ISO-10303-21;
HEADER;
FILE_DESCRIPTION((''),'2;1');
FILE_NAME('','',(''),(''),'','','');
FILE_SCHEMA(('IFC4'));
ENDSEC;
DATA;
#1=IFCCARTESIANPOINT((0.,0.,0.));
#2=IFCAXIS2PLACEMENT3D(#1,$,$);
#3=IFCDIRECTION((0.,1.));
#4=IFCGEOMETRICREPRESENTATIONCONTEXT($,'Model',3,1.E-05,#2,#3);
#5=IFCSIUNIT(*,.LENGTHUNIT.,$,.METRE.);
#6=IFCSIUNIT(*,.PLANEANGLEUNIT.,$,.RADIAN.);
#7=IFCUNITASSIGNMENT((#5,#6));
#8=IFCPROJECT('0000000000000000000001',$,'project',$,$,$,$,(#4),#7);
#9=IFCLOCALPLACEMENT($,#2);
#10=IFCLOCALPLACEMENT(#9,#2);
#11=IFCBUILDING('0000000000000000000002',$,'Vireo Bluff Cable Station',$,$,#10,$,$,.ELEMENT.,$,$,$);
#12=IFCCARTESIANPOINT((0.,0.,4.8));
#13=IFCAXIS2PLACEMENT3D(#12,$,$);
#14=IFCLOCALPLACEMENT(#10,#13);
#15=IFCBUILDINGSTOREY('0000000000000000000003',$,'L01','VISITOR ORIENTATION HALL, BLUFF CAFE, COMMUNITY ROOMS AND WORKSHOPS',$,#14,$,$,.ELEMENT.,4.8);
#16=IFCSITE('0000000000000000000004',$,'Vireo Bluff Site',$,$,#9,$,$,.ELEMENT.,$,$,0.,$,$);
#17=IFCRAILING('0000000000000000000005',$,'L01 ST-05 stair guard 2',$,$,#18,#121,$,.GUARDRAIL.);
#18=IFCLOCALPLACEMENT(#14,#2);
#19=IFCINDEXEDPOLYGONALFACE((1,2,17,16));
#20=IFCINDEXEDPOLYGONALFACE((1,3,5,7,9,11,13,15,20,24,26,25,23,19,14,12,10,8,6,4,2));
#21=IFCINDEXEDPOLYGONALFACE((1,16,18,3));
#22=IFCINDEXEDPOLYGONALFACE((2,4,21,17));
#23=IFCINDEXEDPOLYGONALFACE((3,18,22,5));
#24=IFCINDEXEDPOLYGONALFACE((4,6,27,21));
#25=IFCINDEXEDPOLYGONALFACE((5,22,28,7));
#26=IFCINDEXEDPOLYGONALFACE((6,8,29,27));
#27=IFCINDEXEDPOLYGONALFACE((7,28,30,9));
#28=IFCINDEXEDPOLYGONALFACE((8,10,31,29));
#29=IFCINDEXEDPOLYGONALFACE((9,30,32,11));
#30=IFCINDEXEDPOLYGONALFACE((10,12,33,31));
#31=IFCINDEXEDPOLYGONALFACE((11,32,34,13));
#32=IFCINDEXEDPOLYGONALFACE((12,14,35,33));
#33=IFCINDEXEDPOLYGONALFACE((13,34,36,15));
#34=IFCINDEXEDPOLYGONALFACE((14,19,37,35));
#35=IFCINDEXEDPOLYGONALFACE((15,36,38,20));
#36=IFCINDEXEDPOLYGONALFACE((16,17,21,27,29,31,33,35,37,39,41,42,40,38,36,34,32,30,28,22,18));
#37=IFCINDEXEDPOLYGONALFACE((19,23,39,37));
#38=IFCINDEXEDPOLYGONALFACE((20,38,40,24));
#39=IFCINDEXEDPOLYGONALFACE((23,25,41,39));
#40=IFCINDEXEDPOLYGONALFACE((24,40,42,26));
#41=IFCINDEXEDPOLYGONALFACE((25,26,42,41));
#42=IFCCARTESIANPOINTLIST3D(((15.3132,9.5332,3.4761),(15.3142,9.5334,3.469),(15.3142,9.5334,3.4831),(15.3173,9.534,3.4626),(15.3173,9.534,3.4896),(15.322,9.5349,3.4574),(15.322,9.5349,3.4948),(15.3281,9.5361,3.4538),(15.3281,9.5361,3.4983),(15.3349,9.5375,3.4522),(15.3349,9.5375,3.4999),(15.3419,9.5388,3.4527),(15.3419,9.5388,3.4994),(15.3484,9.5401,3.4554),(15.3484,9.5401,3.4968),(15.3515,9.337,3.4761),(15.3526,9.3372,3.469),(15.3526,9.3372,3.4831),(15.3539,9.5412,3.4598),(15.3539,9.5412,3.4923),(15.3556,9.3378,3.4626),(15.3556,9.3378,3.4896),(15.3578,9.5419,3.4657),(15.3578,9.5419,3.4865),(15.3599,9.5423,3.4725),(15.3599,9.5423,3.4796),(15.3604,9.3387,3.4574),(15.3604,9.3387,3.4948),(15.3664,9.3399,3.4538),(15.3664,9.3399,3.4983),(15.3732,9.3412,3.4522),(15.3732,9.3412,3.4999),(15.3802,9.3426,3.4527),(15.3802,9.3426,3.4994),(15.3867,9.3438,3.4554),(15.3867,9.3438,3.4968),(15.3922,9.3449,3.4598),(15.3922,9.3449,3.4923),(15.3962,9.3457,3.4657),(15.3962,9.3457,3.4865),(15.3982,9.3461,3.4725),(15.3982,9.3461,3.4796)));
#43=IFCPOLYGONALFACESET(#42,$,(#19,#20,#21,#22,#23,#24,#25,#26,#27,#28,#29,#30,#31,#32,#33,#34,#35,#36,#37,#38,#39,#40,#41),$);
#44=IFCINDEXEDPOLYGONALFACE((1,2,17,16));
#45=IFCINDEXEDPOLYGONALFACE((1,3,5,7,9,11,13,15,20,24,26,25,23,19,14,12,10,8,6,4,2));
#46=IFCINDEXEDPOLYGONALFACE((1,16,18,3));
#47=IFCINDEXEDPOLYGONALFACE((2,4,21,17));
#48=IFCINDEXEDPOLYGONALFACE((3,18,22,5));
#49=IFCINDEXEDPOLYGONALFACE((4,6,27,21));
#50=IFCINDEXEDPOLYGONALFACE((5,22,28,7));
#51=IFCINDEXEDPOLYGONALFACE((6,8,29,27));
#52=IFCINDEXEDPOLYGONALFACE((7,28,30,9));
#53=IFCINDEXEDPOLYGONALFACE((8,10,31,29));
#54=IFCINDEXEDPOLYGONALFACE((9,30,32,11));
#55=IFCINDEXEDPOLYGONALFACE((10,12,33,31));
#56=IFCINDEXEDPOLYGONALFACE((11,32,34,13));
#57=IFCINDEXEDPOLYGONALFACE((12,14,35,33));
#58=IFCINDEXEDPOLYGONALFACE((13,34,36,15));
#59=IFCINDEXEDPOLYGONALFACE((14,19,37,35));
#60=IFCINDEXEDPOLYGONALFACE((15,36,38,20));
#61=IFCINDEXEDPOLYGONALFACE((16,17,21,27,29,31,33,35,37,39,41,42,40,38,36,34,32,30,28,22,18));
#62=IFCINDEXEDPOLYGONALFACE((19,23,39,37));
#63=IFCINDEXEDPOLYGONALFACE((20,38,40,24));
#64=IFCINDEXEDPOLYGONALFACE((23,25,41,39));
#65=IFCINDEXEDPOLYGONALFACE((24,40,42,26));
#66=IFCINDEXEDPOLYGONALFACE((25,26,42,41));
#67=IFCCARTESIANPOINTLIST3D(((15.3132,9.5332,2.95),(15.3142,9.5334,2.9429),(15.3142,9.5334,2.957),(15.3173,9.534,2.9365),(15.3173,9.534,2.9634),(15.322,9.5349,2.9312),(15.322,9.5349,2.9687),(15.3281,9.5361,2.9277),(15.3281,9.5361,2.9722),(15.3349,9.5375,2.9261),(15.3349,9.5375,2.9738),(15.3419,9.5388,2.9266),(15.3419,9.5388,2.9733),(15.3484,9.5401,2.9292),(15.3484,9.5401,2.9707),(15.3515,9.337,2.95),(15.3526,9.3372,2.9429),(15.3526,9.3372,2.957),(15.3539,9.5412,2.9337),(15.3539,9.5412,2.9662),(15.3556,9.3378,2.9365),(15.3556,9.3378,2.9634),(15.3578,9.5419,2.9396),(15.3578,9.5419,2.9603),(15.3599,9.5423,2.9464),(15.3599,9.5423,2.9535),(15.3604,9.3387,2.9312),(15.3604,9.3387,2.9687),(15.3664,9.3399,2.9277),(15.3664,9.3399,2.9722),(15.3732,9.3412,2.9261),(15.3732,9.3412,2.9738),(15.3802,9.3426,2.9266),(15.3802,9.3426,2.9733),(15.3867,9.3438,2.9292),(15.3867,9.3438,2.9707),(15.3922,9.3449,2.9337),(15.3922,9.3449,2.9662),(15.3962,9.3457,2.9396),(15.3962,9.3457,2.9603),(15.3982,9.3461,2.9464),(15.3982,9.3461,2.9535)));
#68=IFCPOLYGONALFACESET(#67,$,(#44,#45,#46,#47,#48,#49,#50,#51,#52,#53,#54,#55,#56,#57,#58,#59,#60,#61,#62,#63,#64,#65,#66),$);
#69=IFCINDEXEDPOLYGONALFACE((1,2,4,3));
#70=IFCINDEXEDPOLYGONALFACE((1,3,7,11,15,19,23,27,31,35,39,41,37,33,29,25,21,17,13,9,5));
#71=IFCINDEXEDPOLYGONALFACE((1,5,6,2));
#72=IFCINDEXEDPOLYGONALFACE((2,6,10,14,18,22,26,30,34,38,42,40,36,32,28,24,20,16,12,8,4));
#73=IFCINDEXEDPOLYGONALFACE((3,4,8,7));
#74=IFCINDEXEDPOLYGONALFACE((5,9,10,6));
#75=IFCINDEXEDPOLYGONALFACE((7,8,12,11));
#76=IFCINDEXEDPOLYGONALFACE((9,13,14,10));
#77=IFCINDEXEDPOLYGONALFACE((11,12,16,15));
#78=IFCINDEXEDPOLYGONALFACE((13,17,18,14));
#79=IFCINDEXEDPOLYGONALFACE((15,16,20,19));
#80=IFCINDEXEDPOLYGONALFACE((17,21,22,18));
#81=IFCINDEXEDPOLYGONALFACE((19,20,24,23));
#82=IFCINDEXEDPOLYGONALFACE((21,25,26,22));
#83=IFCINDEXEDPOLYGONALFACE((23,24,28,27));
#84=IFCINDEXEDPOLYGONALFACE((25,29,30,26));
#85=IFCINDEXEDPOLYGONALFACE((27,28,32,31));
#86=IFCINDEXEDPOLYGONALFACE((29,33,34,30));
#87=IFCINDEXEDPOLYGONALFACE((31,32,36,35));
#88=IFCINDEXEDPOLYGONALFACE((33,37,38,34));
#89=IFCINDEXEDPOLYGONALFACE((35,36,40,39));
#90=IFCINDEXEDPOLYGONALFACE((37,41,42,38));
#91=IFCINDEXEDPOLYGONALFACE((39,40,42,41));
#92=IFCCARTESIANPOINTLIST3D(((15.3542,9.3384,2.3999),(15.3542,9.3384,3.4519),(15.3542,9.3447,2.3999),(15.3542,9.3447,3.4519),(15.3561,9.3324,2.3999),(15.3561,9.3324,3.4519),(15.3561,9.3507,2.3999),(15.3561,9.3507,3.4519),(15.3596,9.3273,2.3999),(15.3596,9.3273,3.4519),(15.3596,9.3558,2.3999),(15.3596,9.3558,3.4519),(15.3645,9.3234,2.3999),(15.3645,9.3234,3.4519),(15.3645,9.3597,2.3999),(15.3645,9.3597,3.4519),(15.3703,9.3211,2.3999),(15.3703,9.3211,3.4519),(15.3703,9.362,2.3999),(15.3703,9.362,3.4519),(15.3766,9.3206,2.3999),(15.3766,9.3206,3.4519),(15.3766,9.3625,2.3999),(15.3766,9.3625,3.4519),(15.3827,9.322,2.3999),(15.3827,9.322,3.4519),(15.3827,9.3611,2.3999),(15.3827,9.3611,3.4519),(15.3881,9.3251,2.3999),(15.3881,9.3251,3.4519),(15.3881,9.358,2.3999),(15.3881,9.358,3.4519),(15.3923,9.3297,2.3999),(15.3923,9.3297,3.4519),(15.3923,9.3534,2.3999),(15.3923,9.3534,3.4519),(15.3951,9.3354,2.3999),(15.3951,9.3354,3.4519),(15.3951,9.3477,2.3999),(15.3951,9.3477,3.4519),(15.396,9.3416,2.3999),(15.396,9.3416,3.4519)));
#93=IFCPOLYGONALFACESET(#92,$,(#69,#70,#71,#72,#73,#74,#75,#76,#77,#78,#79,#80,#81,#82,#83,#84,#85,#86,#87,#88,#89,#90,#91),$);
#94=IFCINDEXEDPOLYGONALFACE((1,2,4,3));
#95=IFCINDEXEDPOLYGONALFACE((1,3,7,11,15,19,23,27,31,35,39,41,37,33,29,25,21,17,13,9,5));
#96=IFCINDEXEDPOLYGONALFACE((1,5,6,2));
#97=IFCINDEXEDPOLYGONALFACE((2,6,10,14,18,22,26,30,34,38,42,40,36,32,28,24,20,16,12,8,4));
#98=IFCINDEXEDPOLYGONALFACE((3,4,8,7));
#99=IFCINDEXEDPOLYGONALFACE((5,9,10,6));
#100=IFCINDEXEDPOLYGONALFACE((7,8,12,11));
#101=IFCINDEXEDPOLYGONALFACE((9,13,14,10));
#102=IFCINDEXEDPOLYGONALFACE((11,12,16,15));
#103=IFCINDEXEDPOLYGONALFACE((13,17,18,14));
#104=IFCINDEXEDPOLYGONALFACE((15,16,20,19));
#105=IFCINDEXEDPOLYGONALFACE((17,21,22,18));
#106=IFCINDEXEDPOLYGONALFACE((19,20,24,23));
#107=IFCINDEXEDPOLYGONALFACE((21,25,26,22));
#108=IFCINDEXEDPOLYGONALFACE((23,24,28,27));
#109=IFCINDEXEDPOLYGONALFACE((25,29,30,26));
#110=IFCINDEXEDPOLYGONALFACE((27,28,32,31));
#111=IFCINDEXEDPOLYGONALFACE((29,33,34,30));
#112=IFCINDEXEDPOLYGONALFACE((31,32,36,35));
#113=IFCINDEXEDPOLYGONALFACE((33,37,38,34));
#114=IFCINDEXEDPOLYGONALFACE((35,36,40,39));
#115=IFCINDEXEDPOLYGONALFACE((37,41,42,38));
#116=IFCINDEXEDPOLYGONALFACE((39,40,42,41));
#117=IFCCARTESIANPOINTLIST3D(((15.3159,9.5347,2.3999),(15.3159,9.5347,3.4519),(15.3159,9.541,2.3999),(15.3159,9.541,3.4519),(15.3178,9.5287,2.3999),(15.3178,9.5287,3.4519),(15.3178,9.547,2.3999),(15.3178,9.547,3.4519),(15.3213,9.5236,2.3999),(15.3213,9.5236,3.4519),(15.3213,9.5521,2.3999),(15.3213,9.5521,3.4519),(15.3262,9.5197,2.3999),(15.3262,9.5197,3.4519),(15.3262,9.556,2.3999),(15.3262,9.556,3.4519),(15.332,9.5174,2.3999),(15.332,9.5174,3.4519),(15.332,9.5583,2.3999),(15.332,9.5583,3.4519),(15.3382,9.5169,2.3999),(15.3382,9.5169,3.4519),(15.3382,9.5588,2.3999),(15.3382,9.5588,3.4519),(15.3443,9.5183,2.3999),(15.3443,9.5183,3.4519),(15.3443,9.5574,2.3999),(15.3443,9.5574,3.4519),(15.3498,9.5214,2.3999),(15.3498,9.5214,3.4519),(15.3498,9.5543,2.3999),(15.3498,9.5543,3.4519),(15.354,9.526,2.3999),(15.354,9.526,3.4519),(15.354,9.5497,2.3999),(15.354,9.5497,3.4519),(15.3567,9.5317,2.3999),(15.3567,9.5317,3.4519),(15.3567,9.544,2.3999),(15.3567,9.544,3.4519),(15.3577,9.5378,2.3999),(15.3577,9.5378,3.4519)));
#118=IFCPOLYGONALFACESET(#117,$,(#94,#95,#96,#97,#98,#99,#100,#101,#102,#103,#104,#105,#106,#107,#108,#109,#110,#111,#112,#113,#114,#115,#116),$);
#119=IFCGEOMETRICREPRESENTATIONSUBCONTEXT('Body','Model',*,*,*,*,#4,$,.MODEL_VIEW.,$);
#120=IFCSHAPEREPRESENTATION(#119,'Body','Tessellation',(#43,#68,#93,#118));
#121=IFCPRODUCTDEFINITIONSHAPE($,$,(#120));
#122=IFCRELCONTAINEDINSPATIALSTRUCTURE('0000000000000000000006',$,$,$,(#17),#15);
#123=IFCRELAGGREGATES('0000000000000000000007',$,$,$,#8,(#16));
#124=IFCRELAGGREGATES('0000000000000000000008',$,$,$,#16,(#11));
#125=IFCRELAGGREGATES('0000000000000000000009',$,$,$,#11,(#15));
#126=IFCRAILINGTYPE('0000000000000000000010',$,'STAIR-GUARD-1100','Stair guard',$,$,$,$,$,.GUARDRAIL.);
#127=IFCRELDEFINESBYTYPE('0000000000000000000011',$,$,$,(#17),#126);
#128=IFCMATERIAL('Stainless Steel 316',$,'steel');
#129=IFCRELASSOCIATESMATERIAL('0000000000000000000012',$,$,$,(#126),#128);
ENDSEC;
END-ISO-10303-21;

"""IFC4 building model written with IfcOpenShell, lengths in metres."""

from ifc_helpers import new_model, si_unit, direction, frame, origin, origin_2d, place, context, subcontext, project, spatial, circle, extrude, material, type_object, element, save


model = new_model("IFC4")

# Units and contexts
model_context = context("Model", 3, precision=1e-05, world=origin(), true_north=direction((0.0, 1.0)))
body_context = subcontext(model_context, "Body", "Model", "MODEL_VIEW")
ifc_project = project(units=[si_unit("LENGTHUNIT", "METRE"), si_unit("PLANEANGLEUNIT", "RADIAN")], contexts=[model_context])

# Site, building, storey
site_placement = place(None, origin())
site = spatial("IfcSite", under=ifc_project, at=site_placement, Name="Vireo Bluff Site", CompositionType="ELEMENT", RefElevation=0.0)
building_placement = place(site_placement, origin())
building = spatial("IfcBuilding", under=site, at=building_placement, Name="Vireo Bluff Cable Station", CompositionType="ELEMENT")
storey_placement = place(building_placement, frame((0.0, 0.0, 4.8)))
storey = spatial("IfcBuildingStorey", under=building, at=storey_placement, Name="L01", Description="VISITOR ORIENTATION HALL, BLUFF CAFE, COMMUNITY ROOMS AND WORKSHOPS", CompositionType="ELEMENT", Elevation=4.8)

# Shared definitions
ifc_material_1 = material(Name="Stainless Steel 316", Category="steel")

# Railing
railing_type_1 = type_object("IfcRailingType", Name="STAIR-GUARD-1100", Description="Stair guard", PredefinedType="GUARDRAIL", material=ifc_material_1)
railing_1_placement = place(storey_placement, frame((15.375, 9.3416, 2.3999)))
element("IfcRailing", 1, at=railing_1_placement, inside=storey, type_object=railing_type_1, Name="L01 ST-05 stair guard 2", PredefinedType="GUARDRAIL", context=body_context, shape_type="SweptSolid", body=[
    extrude(circle(Radius=0.0239, at=origin_2d()), frame((0.0, 0.0, 1.0762), z_axis=(-0.191654, 0.981463, 0.0), x_axis=(-0.981463, -0.191654, 0.0)), (0.0, 0.0, 1.0), 0.2),
    extrude(circle(Radius=0.0239, at=origin_2d()), frame((0.0, 0.0, 0.55), z_axis=(-0.191654, 0.981463, 0.0), x_axis=(-0.981463, -0.191654, 0.0)), (0.0, 0.0, 1.0), 0.2),
    extrude(circle(Radius=0.021, at=origin_2d()), origin(), (0.0, 0.0, 1.0), 1.052),
    extrude(circle(Radius=0.021, at=origin_2d()), frame((-0.0383, 0.1963, 0.0)), (0.0, 0.0, 1.0), 1.052),
])

save(model, "model.ifc")
